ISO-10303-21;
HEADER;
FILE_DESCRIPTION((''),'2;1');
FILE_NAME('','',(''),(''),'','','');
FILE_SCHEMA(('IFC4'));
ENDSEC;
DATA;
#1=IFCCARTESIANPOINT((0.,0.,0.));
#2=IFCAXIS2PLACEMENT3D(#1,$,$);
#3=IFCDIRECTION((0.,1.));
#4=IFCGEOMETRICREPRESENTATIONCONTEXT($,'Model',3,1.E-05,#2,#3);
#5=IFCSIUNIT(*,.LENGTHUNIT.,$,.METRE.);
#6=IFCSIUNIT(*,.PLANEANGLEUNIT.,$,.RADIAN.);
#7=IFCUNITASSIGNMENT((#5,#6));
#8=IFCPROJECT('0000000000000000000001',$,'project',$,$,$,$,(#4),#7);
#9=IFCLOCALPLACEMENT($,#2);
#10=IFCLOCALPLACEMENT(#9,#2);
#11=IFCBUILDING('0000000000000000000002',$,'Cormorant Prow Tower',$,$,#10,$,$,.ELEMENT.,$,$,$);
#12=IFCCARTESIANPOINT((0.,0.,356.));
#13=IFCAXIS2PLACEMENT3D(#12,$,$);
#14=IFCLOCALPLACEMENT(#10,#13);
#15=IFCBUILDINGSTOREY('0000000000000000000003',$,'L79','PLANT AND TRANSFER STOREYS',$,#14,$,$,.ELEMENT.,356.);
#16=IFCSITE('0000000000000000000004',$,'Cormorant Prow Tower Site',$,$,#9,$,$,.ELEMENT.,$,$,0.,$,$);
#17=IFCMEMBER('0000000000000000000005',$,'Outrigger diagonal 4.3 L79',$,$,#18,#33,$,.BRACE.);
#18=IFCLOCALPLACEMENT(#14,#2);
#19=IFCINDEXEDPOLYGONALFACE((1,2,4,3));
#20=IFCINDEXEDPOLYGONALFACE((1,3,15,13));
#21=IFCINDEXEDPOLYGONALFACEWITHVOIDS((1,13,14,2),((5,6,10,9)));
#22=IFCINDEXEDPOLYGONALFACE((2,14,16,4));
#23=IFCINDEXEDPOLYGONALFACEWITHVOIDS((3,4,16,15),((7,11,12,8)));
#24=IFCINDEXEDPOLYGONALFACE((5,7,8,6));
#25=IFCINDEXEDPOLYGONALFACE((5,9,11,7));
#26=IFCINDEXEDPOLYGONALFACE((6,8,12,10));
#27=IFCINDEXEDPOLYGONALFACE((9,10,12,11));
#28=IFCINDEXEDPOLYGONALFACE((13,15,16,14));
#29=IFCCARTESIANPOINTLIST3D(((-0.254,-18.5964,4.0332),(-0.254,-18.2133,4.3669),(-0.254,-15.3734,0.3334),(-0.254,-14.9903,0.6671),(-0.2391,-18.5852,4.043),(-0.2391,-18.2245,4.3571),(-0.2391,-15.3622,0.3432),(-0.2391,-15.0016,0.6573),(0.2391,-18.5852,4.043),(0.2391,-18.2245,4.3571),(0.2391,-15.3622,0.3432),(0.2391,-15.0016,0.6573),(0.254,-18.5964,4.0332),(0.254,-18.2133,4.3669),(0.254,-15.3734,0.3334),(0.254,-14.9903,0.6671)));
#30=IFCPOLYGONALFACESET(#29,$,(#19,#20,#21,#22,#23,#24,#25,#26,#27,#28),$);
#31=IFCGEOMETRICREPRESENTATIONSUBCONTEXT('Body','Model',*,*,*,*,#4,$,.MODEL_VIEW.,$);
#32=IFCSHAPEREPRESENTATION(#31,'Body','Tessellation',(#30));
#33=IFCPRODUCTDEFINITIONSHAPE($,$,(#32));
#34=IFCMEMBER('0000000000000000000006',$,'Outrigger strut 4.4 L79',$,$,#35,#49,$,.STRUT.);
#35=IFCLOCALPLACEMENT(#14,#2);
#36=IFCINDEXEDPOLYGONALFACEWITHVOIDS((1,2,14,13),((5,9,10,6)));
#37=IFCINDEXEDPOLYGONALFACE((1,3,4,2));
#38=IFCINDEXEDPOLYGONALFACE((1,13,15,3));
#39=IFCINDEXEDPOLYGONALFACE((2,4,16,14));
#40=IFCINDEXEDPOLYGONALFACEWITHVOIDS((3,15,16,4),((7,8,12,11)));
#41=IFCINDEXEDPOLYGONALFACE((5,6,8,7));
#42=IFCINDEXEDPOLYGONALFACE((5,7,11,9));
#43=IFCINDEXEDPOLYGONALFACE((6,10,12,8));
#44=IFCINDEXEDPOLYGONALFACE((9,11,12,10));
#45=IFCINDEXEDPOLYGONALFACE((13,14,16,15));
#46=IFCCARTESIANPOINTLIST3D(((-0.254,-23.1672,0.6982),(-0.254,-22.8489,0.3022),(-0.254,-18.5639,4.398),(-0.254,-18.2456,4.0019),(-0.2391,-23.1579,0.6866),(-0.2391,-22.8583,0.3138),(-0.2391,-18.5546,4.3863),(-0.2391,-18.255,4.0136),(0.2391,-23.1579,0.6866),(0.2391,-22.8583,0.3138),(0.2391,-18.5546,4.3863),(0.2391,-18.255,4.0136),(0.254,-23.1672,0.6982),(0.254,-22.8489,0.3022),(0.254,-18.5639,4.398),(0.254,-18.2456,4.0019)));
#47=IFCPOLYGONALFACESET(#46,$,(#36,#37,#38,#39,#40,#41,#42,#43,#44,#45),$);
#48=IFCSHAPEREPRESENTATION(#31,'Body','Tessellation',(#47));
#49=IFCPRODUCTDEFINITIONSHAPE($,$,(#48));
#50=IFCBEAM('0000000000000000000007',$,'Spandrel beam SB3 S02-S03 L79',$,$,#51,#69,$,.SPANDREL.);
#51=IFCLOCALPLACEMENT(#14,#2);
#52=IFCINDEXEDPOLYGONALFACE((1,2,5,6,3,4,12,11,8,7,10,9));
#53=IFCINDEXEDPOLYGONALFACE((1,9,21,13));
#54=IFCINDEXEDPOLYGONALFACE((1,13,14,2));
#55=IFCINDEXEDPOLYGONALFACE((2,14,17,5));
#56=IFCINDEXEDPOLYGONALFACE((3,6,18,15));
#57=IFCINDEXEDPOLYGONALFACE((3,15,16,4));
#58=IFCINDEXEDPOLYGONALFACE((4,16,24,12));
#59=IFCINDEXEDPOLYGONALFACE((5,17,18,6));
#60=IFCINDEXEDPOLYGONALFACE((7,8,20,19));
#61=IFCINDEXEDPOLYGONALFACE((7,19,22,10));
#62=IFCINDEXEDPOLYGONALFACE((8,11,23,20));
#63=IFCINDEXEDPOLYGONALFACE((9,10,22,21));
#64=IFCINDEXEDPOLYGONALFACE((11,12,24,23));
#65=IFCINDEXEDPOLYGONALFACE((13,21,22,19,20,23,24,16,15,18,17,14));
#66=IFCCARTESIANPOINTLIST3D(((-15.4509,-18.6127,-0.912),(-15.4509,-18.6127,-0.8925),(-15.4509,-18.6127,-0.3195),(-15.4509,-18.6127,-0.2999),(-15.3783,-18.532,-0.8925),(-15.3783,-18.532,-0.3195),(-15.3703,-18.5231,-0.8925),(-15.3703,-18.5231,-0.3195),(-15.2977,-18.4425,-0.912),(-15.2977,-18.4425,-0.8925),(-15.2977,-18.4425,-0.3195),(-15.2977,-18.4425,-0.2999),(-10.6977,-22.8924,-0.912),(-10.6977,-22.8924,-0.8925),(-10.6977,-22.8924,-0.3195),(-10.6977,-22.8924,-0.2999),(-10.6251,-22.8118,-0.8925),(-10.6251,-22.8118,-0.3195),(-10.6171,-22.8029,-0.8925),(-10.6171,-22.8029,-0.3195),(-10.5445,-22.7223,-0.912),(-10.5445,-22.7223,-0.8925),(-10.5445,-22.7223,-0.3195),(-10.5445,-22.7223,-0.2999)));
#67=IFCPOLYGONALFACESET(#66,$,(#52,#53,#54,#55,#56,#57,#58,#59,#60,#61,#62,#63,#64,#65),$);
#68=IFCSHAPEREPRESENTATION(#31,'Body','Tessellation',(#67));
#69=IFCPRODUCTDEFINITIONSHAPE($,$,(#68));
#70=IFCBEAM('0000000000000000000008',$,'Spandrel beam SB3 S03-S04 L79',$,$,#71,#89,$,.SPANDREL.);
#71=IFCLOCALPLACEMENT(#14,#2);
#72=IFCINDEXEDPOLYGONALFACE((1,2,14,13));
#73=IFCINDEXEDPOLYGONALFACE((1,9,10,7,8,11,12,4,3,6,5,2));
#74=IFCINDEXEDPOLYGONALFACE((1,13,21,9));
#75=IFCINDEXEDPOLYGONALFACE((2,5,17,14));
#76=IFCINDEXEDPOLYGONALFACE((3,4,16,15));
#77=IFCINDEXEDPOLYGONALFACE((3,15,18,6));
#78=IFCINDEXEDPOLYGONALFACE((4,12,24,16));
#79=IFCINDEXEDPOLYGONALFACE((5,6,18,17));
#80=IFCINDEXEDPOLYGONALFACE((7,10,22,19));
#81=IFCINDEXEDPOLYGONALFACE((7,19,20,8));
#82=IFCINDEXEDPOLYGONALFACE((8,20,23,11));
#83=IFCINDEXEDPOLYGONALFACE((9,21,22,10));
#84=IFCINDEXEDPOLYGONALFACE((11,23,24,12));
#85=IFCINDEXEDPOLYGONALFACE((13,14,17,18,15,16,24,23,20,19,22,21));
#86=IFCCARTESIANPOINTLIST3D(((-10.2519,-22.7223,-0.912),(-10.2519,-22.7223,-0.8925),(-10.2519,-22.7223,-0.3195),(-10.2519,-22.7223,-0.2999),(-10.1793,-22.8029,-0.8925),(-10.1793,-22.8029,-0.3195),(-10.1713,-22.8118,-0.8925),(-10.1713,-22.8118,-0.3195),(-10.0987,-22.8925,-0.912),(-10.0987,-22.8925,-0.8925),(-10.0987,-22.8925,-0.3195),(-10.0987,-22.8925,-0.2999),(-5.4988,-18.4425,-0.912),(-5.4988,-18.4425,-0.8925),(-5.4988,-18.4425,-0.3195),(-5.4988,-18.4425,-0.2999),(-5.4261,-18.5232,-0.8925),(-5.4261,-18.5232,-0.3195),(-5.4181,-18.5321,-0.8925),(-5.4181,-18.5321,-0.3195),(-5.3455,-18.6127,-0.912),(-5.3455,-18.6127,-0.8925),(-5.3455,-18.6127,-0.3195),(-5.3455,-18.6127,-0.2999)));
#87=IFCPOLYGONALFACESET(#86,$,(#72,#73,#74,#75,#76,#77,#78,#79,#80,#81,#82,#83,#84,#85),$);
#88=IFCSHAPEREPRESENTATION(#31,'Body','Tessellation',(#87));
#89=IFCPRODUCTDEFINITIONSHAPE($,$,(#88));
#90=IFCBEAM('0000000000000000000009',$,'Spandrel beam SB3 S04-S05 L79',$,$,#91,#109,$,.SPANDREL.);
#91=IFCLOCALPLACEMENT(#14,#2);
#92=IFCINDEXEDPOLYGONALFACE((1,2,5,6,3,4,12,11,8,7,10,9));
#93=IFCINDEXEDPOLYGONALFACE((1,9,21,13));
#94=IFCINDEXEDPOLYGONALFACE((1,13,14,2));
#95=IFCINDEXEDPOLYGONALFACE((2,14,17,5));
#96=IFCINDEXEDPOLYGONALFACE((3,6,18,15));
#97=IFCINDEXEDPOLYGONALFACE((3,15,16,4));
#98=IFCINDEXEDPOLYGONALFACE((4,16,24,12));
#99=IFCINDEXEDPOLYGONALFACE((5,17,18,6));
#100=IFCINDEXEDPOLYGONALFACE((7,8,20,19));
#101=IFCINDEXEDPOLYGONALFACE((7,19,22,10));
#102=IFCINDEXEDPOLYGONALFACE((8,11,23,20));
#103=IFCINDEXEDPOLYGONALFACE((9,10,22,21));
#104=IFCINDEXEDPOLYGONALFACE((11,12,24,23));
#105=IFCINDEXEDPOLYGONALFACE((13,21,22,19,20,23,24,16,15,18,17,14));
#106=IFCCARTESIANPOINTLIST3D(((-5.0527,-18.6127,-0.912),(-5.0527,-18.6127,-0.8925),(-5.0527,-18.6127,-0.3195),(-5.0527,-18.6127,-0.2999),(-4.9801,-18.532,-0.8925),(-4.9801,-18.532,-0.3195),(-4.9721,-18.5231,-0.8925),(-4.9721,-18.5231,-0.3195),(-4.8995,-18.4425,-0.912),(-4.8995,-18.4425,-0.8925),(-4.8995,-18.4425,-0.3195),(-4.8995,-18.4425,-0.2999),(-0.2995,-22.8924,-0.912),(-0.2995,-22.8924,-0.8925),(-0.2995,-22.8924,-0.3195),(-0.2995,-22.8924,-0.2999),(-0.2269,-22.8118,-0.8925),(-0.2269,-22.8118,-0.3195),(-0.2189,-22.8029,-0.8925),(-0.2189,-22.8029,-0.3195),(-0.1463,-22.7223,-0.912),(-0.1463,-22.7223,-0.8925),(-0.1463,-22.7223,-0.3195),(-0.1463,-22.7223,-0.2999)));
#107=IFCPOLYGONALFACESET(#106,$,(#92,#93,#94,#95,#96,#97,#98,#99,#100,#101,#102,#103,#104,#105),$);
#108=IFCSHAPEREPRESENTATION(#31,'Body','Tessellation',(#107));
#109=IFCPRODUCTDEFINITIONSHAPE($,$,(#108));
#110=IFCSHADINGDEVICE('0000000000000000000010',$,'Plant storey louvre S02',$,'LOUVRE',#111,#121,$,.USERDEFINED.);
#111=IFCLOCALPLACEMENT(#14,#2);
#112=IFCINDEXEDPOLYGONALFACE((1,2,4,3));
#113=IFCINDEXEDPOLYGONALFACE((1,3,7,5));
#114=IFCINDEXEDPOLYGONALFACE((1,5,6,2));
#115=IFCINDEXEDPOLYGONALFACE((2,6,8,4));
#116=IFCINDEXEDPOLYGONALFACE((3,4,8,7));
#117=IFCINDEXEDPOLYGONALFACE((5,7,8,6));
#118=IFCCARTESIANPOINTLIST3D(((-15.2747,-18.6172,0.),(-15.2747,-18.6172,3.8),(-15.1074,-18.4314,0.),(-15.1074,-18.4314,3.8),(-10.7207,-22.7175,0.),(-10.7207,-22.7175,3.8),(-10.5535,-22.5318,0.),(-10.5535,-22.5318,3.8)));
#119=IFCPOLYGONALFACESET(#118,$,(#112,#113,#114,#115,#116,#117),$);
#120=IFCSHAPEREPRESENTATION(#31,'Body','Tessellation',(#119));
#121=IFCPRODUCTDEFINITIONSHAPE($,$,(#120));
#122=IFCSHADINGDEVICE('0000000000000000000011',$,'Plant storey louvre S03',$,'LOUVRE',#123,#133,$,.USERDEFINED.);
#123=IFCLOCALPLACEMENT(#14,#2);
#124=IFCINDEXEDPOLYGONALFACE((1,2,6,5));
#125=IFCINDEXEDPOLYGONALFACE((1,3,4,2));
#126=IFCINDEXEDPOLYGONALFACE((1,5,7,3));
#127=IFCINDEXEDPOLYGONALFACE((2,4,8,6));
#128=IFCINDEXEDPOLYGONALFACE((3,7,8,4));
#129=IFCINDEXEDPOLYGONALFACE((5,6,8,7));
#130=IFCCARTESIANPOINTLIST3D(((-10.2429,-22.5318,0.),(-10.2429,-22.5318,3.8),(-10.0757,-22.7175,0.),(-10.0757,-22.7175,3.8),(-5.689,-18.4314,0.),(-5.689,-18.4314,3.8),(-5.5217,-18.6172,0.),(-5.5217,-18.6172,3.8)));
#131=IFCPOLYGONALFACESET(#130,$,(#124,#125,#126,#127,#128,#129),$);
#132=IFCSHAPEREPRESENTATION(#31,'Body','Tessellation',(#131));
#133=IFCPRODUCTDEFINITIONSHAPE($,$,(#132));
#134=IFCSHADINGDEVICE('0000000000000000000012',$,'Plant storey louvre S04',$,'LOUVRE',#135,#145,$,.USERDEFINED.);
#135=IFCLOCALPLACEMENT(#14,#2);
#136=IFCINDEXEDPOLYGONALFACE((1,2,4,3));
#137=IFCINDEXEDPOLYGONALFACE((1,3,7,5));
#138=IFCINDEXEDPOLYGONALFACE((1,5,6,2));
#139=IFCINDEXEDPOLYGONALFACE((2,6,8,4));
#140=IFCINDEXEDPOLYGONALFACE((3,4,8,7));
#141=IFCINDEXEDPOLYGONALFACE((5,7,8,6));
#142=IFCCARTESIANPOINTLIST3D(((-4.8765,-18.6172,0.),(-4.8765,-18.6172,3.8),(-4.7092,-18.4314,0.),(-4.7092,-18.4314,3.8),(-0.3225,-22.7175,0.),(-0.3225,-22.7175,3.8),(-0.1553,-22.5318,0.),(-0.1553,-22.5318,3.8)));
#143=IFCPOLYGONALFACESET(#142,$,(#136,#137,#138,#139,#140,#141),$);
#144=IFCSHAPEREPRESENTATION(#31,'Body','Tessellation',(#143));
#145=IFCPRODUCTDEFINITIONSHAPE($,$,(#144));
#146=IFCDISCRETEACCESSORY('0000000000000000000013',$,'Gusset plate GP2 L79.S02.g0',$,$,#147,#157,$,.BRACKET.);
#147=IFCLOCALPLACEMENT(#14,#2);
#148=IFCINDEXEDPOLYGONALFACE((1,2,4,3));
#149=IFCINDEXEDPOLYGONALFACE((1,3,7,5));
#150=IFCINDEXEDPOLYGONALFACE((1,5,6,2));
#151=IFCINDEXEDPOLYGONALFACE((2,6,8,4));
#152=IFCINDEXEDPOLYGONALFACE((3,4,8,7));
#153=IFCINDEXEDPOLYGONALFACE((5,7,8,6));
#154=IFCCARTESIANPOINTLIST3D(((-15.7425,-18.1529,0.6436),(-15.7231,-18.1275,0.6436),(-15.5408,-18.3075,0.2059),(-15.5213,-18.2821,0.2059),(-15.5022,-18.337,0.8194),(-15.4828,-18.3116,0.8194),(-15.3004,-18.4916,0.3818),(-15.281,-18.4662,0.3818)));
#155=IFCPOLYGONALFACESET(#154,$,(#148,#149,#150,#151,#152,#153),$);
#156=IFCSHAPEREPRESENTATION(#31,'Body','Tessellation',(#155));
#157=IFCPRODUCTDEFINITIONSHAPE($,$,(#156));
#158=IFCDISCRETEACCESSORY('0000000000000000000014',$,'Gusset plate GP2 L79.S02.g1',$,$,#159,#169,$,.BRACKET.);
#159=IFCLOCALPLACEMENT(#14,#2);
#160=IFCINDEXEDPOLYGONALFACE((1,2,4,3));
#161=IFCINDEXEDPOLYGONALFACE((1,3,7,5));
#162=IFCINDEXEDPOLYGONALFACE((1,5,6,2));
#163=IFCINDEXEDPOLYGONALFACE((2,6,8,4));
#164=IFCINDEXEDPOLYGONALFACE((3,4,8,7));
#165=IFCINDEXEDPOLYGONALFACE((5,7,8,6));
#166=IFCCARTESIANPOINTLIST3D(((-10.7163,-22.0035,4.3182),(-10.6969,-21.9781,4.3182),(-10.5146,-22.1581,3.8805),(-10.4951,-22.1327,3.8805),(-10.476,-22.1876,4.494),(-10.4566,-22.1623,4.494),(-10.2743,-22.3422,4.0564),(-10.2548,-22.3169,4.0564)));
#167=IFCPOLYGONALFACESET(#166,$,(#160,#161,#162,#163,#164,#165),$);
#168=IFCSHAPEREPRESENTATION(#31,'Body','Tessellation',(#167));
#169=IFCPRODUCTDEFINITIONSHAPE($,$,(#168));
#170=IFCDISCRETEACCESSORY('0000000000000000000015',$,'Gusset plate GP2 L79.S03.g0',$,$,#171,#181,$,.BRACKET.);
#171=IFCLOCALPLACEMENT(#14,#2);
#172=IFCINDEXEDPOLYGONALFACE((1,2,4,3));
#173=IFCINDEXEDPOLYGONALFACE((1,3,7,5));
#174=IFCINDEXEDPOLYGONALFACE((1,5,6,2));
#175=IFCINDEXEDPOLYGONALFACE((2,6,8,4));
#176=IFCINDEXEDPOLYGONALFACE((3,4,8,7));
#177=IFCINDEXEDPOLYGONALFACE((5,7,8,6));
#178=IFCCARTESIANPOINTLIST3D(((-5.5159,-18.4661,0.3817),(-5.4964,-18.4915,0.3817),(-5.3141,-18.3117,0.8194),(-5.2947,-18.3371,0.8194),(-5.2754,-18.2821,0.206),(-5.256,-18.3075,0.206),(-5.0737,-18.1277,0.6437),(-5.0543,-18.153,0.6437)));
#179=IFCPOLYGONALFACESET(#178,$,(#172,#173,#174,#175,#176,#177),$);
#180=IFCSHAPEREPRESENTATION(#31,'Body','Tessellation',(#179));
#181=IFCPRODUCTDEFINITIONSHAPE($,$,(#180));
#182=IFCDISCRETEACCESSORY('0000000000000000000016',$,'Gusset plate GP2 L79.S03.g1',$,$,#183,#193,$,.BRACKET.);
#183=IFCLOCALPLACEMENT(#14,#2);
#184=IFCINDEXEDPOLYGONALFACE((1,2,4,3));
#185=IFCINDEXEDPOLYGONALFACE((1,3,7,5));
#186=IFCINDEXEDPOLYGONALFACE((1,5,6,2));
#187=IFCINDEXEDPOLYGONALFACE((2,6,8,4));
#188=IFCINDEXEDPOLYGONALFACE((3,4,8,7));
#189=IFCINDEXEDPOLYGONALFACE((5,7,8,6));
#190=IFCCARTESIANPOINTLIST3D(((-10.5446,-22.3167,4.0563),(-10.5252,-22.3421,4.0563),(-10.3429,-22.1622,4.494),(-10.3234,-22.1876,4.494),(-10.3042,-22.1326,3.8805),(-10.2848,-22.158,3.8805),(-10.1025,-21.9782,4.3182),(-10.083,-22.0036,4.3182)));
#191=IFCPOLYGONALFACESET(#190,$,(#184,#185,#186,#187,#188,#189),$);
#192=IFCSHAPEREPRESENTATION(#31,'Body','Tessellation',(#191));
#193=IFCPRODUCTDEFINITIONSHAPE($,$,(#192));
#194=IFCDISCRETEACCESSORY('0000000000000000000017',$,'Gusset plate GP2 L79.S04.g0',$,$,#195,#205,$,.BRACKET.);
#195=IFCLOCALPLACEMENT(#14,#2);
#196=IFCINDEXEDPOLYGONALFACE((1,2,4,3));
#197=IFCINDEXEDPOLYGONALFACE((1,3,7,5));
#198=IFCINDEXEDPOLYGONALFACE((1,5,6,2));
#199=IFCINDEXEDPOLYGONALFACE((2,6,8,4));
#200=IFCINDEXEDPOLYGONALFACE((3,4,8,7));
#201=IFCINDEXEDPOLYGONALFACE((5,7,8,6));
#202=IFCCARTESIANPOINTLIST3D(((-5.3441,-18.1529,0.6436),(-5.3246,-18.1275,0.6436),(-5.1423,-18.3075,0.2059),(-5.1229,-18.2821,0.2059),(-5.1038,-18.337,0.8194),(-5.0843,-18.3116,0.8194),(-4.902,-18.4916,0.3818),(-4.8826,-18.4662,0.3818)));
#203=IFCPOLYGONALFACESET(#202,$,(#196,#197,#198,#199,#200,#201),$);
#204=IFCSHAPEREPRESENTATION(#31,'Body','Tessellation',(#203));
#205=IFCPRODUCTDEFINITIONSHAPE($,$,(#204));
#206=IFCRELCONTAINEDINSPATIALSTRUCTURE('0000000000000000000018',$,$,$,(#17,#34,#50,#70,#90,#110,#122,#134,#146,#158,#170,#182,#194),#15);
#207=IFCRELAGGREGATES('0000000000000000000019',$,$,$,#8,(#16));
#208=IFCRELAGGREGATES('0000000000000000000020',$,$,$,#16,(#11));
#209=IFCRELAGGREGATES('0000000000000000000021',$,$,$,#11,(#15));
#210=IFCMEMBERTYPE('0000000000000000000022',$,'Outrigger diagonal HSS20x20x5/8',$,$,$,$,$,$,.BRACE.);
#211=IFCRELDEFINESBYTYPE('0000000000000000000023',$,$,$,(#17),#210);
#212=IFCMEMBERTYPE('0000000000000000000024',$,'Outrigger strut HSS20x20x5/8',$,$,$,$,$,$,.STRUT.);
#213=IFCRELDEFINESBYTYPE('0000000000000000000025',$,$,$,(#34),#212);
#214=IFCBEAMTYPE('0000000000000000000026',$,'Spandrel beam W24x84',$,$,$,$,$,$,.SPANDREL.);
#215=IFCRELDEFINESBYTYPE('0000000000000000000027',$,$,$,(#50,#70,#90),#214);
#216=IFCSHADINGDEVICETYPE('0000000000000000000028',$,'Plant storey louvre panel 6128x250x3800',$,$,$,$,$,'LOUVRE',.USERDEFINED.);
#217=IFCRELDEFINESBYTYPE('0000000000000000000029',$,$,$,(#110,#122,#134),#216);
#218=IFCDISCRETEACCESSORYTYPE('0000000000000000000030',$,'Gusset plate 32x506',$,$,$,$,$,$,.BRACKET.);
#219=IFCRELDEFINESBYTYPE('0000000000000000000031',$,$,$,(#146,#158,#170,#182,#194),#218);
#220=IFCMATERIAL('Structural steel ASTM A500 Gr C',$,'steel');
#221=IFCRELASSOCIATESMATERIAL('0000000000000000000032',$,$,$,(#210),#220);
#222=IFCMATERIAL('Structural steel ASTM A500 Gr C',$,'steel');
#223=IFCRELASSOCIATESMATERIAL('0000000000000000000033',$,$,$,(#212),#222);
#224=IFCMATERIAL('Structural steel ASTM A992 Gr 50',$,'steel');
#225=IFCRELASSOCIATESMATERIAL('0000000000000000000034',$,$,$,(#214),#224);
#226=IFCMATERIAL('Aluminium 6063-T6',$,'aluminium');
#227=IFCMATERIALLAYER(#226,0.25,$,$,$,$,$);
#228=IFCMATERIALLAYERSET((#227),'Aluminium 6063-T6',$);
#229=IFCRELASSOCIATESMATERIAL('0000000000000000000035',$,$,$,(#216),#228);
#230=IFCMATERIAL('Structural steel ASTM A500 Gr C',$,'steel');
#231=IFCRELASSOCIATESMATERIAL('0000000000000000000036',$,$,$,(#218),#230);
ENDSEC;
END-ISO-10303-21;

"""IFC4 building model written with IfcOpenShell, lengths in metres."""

from ifc_helpers import new_model, si_unit, direction, frame, origin, origin_2d, place, context, subcontext, project, spatial, rectangle, hollow_rectangle, i_section, extrude, material, layer, layer_set, material_profile, profile_set, type_object, element, save


model = new_model("IFC4")

# Units and contexts
model_context = context("Model", 3, precision=1e-05, world=origin(), true_north=direction((0.0, 1.0)))
body_context = subcontext(model_context, "Body", "Model", "MODEL_VIEW")
ifc_project = project(units=[si_unit("LENGTHUNIT", "METRE"), si_unit("PLANEANGLEUNIT", "RADIAN")], contexts=[model_context])

# Site, building, storey
site_placement = place(None, origin())
site = spatial("IfcSite", under=ifc_project, at=site_placement, Name="Cormorant Prow Tower Site", CompositionType="ELEMENT", RefElevation=0.0)
building_placement = place(site_placement, origin())
building = spatial("IfcBuilding", under=site, at=building_placement, Name="Cormorant Prow Tower", CompositionType="ELEMENT")
storey_placement = place(building_placement, frame((0.0, 0.0, 356.0)))
storey = spatial("IfcBuildingStorey", under=building, at=storey_placement, Name="L79", Description="PLANT AND TRANSFER STOREYS", CompositionType="ELEMENT", Elevation=356.0)

# Members
ifc_material_1 = material(Name="Structural steel ASTM A500 Gr C", Category="steel")
ifc_material_profile_1 = material_profile(ifc_material_1, hollow_rectangle(XDim=0.5081, YDim=0.5081, WallThickness=0.0149, at=origin_2d()), Name="HSS20x20x5/8")
ifc_profile_set_1 = profile_set([ifc_material_profile_1], Name="Structural steel ASTM A500 Gr C")
member_type_1 = type_object("IfcMemberType", Name="Outrigger diagonal HSS20x20x5/8", PredefinedType="BRACE", material=ifc_profile_set_1)
member_1_placement = place(storey_placement, frame((0.0, -15.1819, 0.5002), z_axis=(0.0, -0.656847, 0.754024), x_axis=(1.0, 0.0, 0.0)))
element("IfcMember", 1, at=member_1_placement, inside=storey, type_object=member_type_1, Name="Outrigger diagonal 4.3 L79", PredefinedType="BRACE", context=body_context, shape_type="SweptSolid", body=[
    extrude(hollow_rectangle(XDim=0.5081, YDim=0.5081, WallThickness=0.0149, at=origin_2d()), origin(), (0.0, 0.0, 1.0), 4.9067),
])
ifc_material_2 = material(Name="Structural steel ASTM A500 Gr C", Category="steel")
ifc_material_profile_2 = material_profile(ifc_material_2, hollow_rectangle(XDim=0.5081, YDim=0.5081, WallThickness=0.0149, at=origin_2d()), Name="HSS20x20x5/8")
ifc_profile_set_2 = profile_set([ifc_material_profile_2], Name="Structural steel ASTM A500 Gr C")
member_type_2 = type_object("IfcMemberType", Name="Outrigger strut HSS20x20x5/8", PredefinedType="STRUT", material=ifc_profile_set_2)
member_2_placement = place(storey_placement, frame((0.0, -18.4048, 4.2), z_axis=(0.0, -0.779455, -0.626458), x_axis=(1.0, 0.0, 0.0)))
element("IfcMember", 2, at=member_2_placement, inside=storey, type_object=member_type_2, Name="Outrigger strut 4.4 L79", PredefinedType="STRUT", context=body_context, shape_type="SweptSolid", body=[
    extrude(hollow_rectangle(XDim=0.5081, YDim=0.5081, WallThickness=0.0149, at=origin_2d()), origin(), (0.0, 0.0, 1.0), 5.9058),
])

# Beams
ifc_material_3 = material(Name="Structural steel ASTM A992 Gr 50", Category="steel")
ifc_material_profile_3 = material_profile(ifc_material_3, i_section(OverallWidth=0.229, OverallDepth=0.6121, WebThickness=0.012, FlangeThickness=0.0195, at=origin_2d()), Name="W24x84")
ifc_profile_set_3 = profile_set([ifc_material_profile_3], Name="Structural steel ASTM A992 Gr 50")
beam_type = type_object("IfcBeamType", Name="Spandrel beam W24x84", PredefinedType="SPANDREL", material=ifc_profile_set_3)
for number, where, z_axis, x_axis, name in (
    (3, (-15.3743, -18.5276, -0.606), (0.743144, -0.669131, 0.0), (0.669131, 0.743144, 0.0), "Spandrel beam SB3 S02-S03 L79"),
    (4, (-10.1753, -22.8074, -0.606), (0.743144, 0.669131, 0.0), (-0.669131, 0.743144, 0.0), "Spandrel beam SB3 S03-S04 L79"),
    (5, (-4.9761, -18.5276, -0.606), (0.743144, -0.669131, 0.0), (0.669131, 0.743144, 0.0), "Spandrel beam SB3 S04-S05 L79"),
):
    element("IfcBeam", number, at=place(storey_placement, frame(where, z_axis=z_axis, x_axis=x_axis)), inside=storey, type_object=beam_type, Name=name, PredefinedType="SPANDREL", context=body_context, shape_type="SweptSolid", body=[
        extrude(i_section(OverallWidth=0.229, OverallDepth=0.6121, WebThickness=0.012, FlangeThickness=0.0195, at=origin_2d()), origin(), (0.0, 0.0, 1.0), 6.396),
    ])

# Shading devices
ifc_material_4 = material(Name="Aluminium 6063-T6", Category="aluminium")
ifc_layer = layer(ifc_material_4, 0.25)
ifc_layer_set = layer_set([ifc_layer], Name="Aluminium 6063-T6")
shading_device_type = type_object("IfcShadingDeviceType", Name="Plant storey louvre panel 6128x250x3800", ElementType="LOUVRE", PredefinedType="USERDEFINED", material=ifc_layer_set)
for number, where, z_axis, x_axis, name in (
    (6, (-12.9141, -20.5745, 0.0), (0.0, 0.0, 1.0), (0.743145, -0.669131, 0.0), "Plant storey louvre S02"),
    (7, (-7.8823, -20.5745, 0.0), (0.0, 0.0, 1.0), (0.743145, 0.669131, 0.0), "Plant storey louvre S03"),
    (8, (-2.5159, -20.5745, 0.0), (0.0, 0.0, 1.0), (0.743145, -0.669131, 0.0), "Plant storey louvre S04"),
):
    element("IfcShadingDevice", number, at=place(storey_placement, frame(where, z_axis=z_axis, x_axis=x_axis)), inside=storey, type_object=shading_device_type, Name=name, ObjectType="LOUVRE", PredefinedType="USERDEFINED", context=body_context, shape_type="SweptSolid", body=[
        extrude(rectangle(XDim=6.1279, YDim=0.25, at=origin_2d()), origin(), (0.0, 0.0, 1.0), 3.8),
    ])

# Discrete accessories
ifc_material_5 = material(Name="Structural steel ASTM A500 Gr C", Category="steel")
ifc_material_profile_4 = material_profile(ifc_material_5, rectangle(XDim=0.032, YDim=0.5061, at=origin_2d()), Name="Gusset plate 32x506")
ifc_profile_set_4 = profile_set([ifc_material_profile_4], Name="Structural steel ASTM A500 Gr C")
discrete_accessory_type_1 = type_object("IfcDiscreteAccessoryType", Name="Gusset plate 32x506", PredefinedType="BRACKET", material=ifc_profile_set_4)
for number, where, z_axis, x_axis, name in (
    (9, (-15.3916, -18.4016, 0.6006), (-0.68639, 0.525953, -0.502237), (-0.608228, -0.793762, 0.0), "Gusset plate GP2 L79.S02.g0"),
    (10, (-10.6057, -22.0681, 4.0994), (0.68639, -0.525953, 0.502237), (0.608228, 0.793762, 0.0), "Gusset plate GP2 L79.S02.g1"),
    (11, (-5.4053, -18.4016, 0.6006), (0.686759, 0.525702, -0.501996), (-0.607839, 0.79406, 0.0), "Gusset plate GP2 L79.S03.g0"),
    (12, (-10.1936, -22.0681, 4.0994), (-0.686759, -0.525702, 0.501996), (0.607839, -0.79406, 0.0), "Gusset plate GP2 L79.S03.g1"),
    (13, (-4.9932, -18.4016, 0.6006), (-0.68639, 0.525953, -0.502237), (-0.608228, -0.793762, 0.0), "Gusset plate GP2 L79.S04.g0"),
):
    element("IfcDiscreteAccessory", number, at=place(storey_placement, frame(where, z_axis=z_axis, x_axis=x_axis)), inside=storey, type_object=discrete_accessory_type_1, Name=name, PredefinedType="BRACKET", context=body_context, shape_type="SweptSolid", body=[
        extrude(rectangle(XDim=0.032, YDim=0.5061, at=origin_2d()), origin(), (0.0, 0.0, 1.0), 0.3501),
    ])

save(model, "model.ifc")
